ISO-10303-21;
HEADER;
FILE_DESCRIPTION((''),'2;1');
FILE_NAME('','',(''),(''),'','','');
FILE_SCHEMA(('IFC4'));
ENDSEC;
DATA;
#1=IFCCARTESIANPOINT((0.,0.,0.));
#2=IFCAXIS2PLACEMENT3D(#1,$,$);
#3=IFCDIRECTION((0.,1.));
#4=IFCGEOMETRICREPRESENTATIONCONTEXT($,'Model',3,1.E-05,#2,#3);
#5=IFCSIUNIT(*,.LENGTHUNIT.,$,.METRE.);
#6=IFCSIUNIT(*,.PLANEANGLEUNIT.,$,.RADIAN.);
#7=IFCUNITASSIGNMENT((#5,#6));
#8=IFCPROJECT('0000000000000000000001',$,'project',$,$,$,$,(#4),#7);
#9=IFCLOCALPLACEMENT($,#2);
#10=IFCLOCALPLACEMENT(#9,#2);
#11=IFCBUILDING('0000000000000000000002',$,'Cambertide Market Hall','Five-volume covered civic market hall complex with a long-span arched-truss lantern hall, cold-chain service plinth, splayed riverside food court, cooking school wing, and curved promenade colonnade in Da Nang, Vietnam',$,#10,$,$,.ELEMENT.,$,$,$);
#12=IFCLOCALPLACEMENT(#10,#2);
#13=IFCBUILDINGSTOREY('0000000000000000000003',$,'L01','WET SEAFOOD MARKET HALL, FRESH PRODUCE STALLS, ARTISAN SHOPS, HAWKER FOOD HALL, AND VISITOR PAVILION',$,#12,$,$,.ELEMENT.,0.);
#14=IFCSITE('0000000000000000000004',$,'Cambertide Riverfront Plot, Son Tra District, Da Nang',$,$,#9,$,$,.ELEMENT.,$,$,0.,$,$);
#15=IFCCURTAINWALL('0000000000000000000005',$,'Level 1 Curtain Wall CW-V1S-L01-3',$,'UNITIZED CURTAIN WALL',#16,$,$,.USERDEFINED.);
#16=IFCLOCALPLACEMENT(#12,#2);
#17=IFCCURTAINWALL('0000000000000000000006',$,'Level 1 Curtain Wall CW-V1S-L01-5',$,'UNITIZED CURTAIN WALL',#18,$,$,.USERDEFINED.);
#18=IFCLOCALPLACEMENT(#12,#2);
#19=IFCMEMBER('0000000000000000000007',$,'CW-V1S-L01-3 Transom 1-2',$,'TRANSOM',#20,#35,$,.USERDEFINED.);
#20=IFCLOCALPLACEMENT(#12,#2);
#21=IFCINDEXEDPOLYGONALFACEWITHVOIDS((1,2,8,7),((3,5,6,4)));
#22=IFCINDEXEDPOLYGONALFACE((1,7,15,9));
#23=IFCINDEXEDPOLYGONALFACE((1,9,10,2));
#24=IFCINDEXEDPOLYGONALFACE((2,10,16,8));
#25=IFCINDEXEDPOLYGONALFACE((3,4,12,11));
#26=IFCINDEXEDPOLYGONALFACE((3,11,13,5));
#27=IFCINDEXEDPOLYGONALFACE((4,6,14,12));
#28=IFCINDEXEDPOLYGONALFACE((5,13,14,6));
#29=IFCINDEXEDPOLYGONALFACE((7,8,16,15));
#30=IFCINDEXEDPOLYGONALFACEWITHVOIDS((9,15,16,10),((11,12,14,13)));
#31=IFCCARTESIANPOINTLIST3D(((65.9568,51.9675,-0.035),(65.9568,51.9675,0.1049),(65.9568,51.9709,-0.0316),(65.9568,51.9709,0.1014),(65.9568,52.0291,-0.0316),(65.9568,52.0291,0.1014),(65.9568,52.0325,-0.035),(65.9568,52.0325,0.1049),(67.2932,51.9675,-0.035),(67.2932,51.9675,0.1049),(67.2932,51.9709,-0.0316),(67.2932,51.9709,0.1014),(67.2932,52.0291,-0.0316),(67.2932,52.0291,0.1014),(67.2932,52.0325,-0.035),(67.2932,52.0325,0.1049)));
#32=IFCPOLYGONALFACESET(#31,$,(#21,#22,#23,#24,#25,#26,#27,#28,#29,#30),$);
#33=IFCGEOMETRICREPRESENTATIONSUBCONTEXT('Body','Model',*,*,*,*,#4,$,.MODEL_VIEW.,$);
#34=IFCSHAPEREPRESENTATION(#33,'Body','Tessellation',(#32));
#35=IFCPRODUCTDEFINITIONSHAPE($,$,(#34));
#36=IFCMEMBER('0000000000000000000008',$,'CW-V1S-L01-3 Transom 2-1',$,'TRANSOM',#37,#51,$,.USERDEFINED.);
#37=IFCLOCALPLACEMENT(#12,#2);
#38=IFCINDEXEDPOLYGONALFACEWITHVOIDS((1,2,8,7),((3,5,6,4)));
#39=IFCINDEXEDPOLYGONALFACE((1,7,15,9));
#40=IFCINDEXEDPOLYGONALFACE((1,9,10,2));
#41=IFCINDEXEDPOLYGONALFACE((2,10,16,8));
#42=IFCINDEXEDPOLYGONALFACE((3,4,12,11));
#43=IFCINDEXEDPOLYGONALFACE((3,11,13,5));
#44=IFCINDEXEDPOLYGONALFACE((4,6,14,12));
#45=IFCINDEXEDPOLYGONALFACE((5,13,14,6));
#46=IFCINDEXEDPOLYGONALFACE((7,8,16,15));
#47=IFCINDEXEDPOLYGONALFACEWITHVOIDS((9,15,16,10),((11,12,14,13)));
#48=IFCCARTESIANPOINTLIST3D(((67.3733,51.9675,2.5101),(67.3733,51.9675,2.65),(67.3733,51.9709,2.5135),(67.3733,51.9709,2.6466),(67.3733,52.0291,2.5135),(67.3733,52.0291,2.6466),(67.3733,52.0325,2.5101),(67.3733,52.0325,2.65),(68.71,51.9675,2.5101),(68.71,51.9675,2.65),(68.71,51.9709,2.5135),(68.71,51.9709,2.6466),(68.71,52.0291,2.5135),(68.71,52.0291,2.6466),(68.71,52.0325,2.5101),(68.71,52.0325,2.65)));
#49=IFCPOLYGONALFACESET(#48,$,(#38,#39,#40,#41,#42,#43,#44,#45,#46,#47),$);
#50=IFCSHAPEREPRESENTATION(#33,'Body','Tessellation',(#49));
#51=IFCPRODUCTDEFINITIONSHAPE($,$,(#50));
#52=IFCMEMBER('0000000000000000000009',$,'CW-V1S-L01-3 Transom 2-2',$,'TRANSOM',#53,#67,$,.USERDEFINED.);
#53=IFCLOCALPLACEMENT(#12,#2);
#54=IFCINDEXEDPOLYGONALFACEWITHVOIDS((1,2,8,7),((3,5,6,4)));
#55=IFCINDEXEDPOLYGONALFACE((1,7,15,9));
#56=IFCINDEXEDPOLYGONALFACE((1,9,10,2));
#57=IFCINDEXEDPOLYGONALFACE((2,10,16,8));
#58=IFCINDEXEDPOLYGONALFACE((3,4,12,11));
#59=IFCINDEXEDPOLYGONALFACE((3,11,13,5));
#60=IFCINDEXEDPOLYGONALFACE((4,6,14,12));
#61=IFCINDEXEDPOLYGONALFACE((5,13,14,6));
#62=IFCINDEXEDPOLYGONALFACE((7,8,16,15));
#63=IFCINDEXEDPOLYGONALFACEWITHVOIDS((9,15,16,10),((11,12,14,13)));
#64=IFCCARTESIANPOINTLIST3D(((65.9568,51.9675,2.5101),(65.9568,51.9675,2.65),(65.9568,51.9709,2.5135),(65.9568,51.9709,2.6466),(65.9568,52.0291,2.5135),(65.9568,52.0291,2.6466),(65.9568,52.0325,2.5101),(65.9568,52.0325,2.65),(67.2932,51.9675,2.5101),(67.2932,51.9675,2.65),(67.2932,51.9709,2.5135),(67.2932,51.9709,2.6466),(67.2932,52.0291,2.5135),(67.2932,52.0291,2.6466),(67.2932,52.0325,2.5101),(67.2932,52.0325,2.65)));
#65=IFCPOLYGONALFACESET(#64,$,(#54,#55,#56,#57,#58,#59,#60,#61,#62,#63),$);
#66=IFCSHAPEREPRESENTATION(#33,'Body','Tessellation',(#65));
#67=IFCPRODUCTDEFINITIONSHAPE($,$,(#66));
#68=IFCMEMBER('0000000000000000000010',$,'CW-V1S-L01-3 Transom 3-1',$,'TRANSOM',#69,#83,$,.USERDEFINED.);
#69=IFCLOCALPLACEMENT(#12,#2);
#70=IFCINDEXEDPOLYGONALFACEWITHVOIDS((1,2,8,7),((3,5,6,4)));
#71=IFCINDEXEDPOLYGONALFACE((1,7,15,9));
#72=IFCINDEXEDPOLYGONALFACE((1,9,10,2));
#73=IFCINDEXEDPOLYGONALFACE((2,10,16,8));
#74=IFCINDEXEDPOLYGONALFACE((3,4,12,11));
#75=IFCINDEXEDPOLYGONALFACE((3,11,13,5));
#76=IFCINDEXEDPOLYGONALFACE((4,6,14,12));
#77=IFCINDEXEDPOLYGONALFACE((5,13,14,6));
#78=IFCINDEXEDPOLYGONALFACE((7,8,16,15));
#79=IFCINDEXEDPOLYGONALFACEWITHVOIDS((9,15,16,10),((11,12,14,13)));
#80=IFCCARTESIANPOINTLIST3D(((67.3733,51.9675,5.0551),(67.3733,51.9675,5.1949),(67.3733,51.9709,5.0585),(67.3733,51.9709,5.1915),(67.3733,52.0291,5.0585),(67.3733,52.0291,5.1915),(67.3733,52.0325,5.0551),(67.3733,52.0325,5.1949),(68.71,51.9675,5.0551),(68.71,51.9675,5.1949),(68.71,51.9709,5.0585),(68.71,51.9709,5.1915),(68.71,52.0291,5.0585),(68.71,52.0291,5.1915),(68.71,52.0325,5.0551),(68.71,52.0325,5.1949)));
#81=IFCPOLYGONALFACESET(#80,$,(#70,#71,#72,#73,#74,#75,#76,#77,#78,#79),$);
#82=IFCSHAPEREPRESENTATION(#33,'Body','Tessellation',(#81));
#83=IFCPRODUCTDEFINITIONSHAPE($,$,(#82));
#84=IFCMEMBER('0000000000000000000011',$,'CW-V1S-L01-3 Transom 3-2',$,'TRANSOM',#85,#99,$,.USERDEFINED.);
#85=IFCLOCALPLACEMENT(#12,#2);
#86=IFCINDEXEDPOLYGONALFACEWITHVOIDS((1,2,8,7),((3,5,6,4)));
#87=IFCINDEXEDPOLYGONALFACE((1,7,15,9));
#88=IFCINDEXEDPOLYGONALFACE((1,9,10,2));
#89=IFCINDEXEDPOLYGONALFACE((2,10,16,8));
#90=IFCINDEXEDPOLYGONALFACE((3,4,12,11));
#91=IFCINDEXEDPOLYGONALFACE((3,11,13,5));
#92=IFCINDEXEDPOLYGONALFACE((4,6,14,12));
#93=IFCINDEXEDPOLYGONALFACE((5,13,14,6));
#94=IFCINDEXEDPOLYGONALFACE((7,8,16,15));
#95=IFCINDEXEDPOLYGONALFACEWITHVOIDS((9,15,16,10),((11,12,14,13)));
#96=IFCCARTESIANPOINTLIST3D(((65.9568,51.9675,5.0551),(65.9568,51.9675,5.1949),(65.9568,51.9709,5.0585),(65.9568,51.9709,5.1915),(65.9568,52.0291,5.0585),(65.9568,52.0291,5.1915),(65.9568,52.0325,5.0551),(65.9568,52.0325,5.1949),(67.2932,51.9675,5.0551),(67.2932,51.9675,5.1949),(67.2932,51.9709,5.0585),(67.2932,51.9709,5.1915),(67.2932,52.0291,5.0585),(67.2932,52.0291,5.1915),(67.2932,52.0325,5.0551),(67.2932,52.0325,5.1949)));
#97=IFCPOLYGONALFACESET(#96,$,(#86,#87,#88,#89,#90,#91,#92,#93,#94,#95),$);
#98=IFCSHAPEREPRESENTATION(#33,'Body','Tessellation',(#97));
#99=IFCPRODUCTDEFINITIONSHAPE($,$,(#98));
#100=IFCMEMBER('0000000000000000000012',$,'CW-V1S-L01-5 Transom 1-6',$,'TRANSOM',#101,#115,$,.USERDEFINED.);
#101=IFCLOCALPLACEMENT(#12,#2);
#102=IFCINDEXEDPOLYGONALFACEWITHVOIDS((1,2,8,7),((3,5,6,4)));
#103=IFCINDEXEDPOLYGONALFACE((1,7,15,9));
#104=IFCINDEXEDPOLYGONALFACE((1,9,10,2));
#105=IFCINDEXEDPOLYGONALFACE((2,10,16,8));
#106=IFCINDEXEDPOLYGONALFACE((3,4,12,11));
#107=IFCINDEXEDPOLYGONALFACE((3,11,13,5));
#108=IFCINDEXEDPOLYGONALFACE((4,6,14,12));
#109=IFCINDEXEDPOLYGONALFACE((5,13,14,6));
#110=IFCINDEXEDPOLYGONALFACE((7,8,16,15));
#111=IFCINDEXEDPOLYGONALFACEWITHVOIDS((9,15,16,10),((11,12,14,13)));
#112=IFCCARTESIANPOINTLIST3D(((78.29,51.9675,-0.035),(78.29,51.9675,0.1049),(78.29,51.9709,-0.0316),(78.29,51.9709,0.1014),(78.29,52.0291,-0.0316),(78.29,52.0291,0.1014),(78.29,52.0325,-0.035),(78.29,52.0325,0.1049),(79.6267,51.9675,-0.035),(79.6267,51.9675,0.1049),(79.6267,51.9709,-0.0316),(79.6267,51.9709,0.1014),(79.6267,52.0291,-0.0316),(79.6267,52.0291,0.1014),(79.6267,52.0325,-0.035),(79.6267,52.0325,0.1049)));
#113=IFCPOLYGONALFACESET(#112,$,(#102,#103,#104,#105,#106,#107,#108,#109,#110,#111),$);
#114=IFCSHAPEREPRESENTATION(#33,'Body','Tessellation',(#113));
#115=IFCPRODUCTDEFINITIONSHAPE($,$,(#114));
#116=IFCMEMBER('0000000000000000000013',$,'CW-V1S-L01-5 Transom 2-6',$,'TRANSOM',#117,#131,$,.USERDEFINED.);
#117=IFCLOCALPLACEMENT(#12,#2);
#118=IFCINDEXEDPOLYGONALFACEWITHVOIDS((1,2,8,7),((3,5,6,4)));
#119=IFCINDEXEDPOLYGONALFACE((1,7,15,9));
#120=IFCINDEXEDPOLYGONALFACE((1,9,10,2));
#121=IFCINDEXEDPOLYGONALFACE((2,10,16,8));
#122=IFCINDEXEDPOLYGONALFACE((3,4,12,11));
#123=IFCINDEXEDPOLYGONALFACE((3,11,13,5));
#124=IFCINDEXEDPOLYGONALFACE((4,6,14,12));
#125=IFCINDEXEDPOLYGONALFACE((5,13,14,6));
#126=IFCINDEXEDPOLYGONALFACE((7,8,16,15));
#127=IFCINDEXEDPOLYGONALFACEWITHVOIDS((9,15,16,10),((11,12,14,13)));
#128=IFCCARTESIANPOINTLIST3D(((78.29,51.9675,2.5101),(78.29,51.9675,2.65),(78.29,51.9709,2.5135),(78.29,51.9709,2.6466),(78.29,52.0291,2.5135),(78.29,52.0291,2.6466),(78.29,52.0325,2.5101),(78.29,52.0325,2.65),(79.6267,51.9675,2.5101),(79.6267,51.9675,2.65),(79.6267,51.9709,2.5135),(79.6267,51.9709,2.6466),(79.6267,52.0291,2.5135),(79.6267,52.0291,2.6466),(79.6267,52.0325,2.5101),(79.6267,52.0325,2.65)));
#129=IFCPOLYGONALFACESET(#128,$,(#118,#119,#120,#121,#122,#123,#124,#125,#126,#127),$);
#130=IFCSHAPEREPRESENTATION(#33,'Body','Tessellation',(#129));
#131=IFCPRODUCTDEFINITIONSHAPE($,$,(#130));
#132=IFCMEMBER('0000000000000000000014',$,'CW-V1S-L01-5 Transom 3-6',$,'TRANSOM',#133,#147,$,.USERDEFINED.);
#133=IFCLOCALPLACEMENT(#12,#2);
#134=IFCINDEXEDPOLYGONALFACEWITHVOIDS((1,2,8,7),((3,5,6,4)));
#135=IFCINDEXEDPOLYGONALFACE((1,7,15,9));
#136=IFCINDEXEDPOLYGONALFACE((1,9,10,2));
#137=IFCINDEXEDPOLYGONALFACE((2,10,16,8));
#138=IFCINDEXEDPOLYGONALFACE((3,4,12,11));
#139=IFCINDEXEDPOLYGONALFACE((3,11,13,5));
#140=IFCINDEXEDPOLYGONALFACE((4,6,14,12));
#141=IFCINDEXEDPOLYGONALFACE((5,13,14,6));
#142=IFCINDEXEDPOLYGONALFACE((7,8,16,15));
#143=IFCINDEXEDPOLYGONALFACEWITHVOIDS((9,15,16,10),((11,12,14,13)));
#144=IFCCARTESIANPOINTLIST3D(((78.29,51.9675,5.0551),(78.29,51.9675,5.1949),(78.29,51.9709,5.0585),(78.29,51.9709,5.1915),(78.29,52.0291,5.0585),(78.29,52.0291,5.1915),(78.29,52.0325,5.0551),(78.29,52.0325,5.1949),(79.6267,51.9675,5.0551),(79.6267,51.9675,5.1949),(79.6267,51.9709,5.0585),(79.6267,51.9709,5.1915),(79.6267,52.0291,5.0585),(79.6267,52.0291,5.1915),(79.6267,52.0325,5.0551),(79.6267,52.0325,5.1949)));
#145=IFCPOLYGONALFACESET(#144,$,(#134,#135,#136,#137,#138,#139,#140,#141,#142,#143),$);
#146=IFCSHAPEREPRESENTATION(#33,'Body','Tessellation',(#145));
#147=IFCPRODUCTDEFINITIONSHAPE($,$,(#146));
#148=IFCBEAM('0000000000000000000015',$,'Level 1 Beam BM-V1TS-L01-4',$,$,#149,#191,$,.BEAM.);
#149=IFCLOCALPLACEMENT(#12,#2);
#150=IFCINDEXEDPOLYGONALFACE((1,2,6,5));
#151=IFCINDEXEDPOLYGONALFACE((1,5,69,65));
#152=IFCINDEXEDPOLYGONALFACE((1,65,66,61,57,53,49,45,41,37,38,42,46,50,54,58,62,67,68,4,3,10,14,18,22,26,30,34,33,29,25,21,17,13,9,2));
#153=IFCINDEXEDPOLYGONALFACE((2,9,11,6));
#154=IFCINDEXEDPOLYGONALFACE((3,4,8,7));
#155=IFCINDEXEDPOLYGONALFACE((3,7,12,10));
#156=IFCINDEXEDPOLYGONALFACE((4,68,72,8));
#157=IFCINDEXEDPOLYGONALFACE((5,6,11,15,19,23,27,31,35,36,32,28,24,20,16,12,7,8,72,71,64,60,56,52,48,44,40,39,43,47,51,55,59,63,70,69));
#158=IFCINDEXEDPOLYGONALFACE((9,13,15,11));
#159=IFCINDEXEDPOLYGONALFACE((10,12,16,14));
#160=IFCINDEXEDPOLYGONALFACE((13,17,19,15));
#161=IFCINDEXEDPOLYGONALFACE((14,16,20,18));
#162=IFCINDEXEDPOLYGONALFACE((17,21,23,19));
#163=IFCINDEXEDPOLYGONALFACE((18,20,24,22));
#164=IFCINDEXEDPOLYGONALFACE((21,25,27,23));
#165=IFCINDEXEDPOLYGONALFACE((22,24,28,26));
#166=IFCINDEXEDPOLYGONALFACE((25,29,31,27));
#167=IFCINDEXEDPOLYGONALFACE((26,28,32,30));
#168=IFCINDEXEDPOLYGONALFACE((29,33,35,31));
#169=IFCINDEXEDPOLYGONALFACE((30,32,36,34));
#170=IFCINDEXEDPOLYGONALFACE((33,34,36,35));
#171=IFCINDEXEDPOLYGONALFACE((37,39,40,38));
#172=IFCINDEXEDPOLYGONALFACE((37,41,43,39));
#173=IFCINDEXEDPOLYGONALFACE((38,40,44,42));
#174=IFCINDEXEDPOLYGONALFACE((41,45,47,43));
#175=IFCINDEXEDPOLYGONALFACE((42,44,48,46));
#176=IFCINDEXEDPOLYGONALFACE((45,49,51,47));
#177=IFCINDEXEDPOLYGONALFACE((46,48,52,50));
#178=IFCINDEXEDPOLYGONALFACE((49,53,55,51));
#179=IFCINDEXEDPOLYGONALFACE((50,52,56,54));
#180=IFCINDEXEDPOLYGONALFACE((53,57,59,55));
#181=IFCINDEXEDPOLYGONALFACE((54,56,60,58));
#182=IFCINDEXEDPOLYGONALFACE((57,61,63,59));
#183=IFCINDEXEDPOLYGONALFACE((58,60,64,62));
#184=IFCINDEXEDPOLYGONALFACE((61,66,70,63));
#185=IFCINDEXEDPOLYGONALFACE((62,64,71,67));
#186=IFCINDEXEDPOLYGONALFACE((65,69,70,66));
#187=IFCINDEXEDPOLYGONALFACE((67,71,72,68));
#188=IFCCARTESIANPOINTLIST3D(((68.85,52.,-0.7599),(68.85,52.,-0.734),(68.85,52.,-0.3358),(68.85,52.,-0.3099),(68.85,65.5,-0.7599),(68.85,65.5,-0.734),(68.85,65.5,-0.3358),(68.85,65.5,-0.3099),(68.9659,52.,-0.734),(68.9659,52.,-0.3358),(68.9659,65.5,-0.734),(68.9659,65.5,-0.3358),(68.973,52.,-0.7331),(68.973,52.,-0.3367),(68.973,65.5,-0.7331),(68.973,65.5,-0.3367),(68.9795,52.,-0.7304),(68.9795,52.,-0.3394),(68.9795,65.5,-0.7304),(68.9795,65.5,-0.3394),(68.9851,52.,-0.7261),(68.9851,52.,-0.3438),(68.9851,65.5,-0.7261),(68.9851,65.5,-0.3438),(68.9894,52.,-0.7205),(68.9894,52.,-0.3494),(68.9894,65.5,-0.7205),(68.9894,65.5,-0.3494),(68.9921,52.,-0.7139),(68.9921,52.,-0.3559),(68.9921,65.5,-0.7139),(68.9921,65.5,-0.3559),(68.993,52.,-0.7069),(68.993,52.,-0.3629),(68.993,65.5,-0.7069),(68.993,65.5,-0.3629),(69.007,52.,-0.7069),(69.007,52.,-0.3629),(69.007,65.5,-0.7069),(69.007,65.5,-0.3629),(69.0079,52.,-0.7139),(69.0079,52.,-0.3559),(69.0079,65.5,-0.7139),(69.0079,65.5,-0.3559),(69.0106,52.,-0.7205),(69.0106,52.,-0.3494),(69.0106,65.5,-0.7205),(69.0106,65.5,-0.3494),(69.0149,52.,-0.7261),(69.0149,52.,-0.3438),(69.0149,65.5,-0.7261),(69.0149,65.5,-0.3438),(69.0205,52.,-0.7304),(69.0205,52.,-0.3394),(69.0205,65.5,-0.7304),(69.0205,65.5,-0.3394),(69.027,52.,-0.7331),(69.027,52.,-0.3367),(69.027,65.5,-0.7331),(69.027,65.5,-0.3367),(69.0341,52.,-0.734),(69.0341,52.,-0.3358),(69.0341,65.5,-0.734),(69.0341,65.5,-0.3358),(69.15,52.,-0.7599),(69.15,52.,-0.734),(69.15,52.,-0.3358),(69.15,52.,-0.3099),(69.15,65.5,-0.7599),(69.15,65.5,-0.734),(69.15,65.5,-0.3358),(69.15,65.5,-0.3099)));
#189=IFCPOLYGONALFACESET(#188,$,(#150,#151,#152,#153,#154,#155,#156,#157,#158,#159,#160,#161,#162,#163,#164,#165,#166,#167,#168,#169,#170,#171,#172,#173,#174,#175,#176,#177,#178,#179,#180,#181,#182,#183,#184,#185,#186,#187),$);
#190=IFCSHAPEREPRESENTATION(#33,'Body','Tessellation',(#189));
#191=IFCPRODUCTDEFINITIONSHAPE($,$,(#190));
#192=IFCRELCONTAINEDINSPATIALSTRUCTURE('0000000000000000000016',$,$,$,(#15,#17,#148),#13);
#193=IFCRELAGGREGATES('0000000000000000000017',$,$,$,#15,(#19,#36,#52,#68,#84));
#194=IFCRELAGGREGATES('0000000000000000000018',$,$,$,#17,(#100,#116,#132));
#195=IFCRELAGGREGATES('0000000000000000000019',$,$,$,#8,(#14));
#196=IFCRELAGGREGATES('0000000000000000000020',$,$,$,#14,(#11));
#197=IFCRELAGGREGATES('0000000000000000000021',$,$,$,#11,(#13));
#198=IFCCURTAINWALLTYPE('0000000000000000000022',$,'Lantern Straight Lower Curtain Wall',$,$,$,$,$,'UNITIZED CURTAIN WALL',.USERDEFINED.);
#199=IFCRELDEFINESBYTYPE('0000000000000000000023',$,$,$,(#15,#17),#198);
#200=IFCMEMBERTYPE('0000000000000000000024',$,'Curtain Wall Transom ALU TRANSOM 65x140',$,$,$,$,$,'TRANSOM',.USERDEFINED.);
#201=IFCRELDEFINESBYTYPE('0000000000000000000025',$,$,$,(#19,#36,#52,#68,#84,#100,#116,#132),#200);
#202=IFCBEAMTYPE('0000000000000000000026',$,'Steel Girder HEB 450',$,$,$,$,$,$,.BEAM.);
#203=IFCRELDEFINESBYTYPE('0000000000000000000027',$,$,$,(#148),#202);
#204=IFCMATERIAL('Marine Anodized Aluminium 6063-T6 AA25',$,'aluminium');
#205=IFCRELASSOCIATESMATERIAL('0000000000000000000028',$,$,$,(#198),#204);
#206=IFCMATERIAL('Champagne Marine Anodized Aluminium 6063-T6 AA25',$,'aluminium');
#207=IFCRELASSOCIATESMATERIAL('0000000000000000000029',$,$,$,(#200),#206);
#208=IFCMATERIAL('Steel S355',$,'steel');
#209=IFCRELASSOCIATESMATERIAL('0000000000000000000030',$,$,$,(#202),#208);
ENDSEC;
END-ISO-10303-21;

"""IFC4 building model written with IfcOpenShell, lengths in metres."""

from ifc_helpers import new_model, si_unit, direction, frame, origin, origin_2d, place, context, subcontext, project, spatial, hollow_rectangle, i_section, extrude, material, material_profile, profile_set, type_object, element, aggregate, save


model = new_model("IFC4")

# Units and contexts
model_context = context("Model", 3, precision=1e-05, world=origin(), true_north=direction((0.0, 1.0)))
body_context = subcontext(model_context, "Body", "Model", "MODEL_VIEW")
ifc_project = project(units=[si_unit("LENGTHUNIT", "METRE"), si_unit("PLANEANGLEUNIT", "RADIAN")], contexts=[model_context])

# Site, building, storey
site_placement = place(None, origin())
site = spatial("IfcSite", under=ifc_project, at=site_placement, Name="Cambertide Riverfront Plot, Son Tra District, Da Nang", CompositionType="ELEMENT", RefElevation=0.0)
building_placement = place(site_placement, origin())
building = spatial("IfcBuilding", under=site, at=building_placement, Name="Cambertide Market Hall", Description="Five-volume covered civic market hall complex with a long-span arched-truss lantern hall, cold-chain service plinth, splayed riverside food court, cooking school wing, and curved promenade colonnade in Da Nang, Vietnam", CompositionType="ELEMENT")
storey_placement = place(building_placement, origin())
storey = spatial("IfcBuildingStorey", under=building, at=storey_placement, Name="L01", Description="WET SEAFOOD MARKET HALL, FRESH PRODUCE STALLS, ARTISAN SHOPS, HAWKER FOOD HALL, AND VISITOR PAVILION", CompositionType="ELEMENT", Elevation=0.0)

# Curtain walls
ifc_material_1 = material(Name="Marine Anodized Aluminium 6063-T6 AA25", Category="aluminium")
curtain_wall_type = type_object("IfcCurtainWallType", Name="Lantern Straight Lower Curtain Wall", ElementType="UNITIZED CURTAIN WALL", PredefinedType="USERDEFINED", material=ifc_material_1)
curtain_wall_1_placement = place(storey_placement, origin())
curtain_wall_1 = element("IfcCurtainWall", 1, at=curtain_wall_1_placement, inside=storey, type_object=curtain_wall_type, Name="Level 1 Curtain Wall CW-V1S-L01-3", ObjectType="UNITIZED CURTAIN WALL", PredefinedType="USERDEFINED")
curtain_wall_2_placement = place(storey_placement, origin())
curtain_wall_2 = element("IfcCurtainWall", 2, at=curtain_wall_2_placement, inside=storey, type_object=curtain_wall_type, Name="Level 1 Curtain Wall CW-V1S-L01-5", ObjectType="UNITIZED CURTAIN WALL", PredefinedType="USERDEFINED")

# Members
ifc_material_2 = material(Name="Champagne Marine Anodized Aluminium 6063-T6 AA25", Category="aluminium")
ifc_material_profile_1 = material_profile(ifc_material_2, hollow_rectangle(XDim=0.0649, YDim=0.1399, WallThickness=0.0034, at=origin_2d()), Name="ALU TRANSOM 65x140")
ifc_profile_set_1 = profile_set([ifc_material_profile_1], Name="Champagne Marine Anodized Aluminium 6063-T6 AA25")
member_type_1 = type_object("IfcMemberType", Name="Curtain Wall Transom ALU TRANSOM 65x140", ElementType="TRANSOM", PredefinedType="USERDEFINED", material=ifc_profile_set_1)
member_1_placement = place(storey_placement, frame((67.2932, 52.0, 0.0349), z_axis=(-1.0, 0.0, 0.0), x_axis=(0.0, -1.0, 0.0)))
member_1 = element("IfcMember", 3, at=member_1_placement, type_object=member_type_1, Name="CW-V1S-L01-3 Transom 1-2", ObjectType="TRANSOM", PredefinedType="USERDEFINED", context=body_context, shape_type="SweptSolid", body=[
    extrude(hollow_rectangle(XDim=0.0649, YDim=0.1399, WallThickness=0.0034, at=origin_2d()), origin(), (0.0, 0.0, 1.0), 1.3364),
])
member_2_placement = place(storey_placement, frame((68.71, 52.0, 2.5801), z_axis=(-1.0, 0.0, 0.0), x_axis=(0.0, -1.0, 0.0)))
member_2 = element("IfcMember", 4, at=member_2_placement, type_object=member_type_1, Name="CW-V1S-L01-3 Transom 2-1", ObjectType="TRANSOM", PredefinedType="USERDEFINED", context=body_context, shape_type="SweptSolid", body=[
    extrude(hollow_rectangle(XDim=0.0649, YDim=0.1399, WallThickness=0.0034, at=origin_2d()), origin(), (0.0, 0.0, 1.0), 1.3367),
])
member_3_placement = place(storey_placement, frame((67.2932, 52.0, 2.5801), z_axis=(-1.0, 0.0, 0.0), x_axis=(0.0, -1.0, 0.0)))
member_3 = element("IfcMember", 5, at=member_3_placement, type_object=member_type_1, Name="CW-V1S-L01-3 Transom 2-2", ObjectType="TRANSOM", PredefinedType="USERDEFINED", context=body_context, shape_type="SweptSolid", body=[
    extrude(hollow_rectangle(XDim=0.0649, YDim=0.1399, WallThickness=0.0034, at=origin_2d()), origin(), (0.0, 0.0, 1.0), 1.3364),
])
member_4_placement = place(storey_placement, frame((68.71, 52.0, 5.125), z_axis=(-1.0, 0.0, 0.0), x_axis=(0.0, -1.0, 0.0)))
member_4 = element("IfcMember", 6, at=member_4_placement, type_object=member_type_1, Name="CW-V1S-L01-3 Transom 3-1", ObjectType="TRANSOM", PredefinedType="USERDEFINED", context=body_context, shape_type="SweptSolid", body=[
    extrude(hollow_rectangle(XDim=0.0649, YDim=0.1399, WallThickness=0.0034, at=origin_2d()), origin(), (0.0, 0.0, 1.0), 1.3367),
])
member_5_placement = place(storey_placement, frame((67.2932, 52.0, 5.125), z_axis=(-1.0, 0.0, 0.0), x_axis=(0.0, -1.0, 0.0)))
member_5 = element("IfcMember", 7, at=member_5_placement, type_object=member_type_1, Name="CW-V1S-L01-3 Transom 3-2", ObjectType="TRANSOM", PredefinedType="USERDEFINED", context=body_context, shape_type="SweptSolid", body=[
    extrude(hollow_rectangle(XDim=0.0649, YDim=0.1399, WallThickness=0.0034, at=origin_2d()), origin(), (0.0, 0.0, 1.0), 1.3364),
])
member_6_placement = place(storey_placement, frame((79.6267, 52.0, 0.0349), z_axis=(-1.0, 0.0, 0.0), x_axis=(0.0, -1.0, 0.0)))
member_6 = element("IfcMember", 8, at=member_6_placement, type_object=member_type_1, Name="CW-V1S-L01-5 Transom 1-6", ObjectType="TRANSOM", PredefinedType="USERDEFINED", context=body_context, shape_type="SweptSolid", body=[
    extrude(hollow_rectangle(XDim=0.0649, YDim=0.1399, WallThickness=0.0034, at=origin_2d()), origin(), (0.0, 0.0, 1.0), 1.3367),
])
member_7_placement = place(storey_placement, frame((79.6267, 52.0, 2.5801), z_axis=(-1.0, 0.0, 0.0), x_axis=(0.0, -1.0, 0.0)))
member_7 = element("IfcMember", 9, at=member_7_placement, type_object=member_type_1, Name="CW-V1S-L01-5 Transom 2-6", ObjectType="TRANSOM", PredefinedType="USERDEFINED", context=body_context, shape_type="SweptSolid", body=[
    extrude(hollow_rectangle(XDim=0.0649, YDim=0.1399, WallThickness=0.0034, at=origin_2d()), origin(), (0.0, 0.0, 1.0), 1.3367),
])
member_8_placement = place(storey_placement, frame((79.6267, 52.0, 5.125), z_axis=(-1.0, 0.0, 0.0), x_axis=(0.0, -1.0, 0.0)))
member_8 = element("IfcMember", 10, at=member_8_placement, type_object=member_type_1, Name="CW-V1S-L01-5 Transom 3-6", ObjectType="TRANSOM", PredefinedType="USERDEFINED", context=body_context, shape_type="SweptSolid", body=[
    extrude(hollow_rectangle(XDim=0.0649, YDim=0.1399, WallThickness=0.0034, at=origin_2d()), origin(), (0.0, 0.0, 1.0), 1.3367),
])

# Beam
ifc_material_3 = material(Name="Steel S355", Category="steel")
ifc_material_profile_2 = material_profile(ifc_material_3, i_section(OverallWidth=0.3, OverallDepth=0.45, WebThickness=0.0139, FlangeThickness=0.0259, FilletRadius=0.0271, at=origin_2d()), Name="HEB 450")
ifc_profile_set_2 = profile_set([ifc_material_profile_2], Name="Steel S355")
beam_type_1 = type_object("IfcBeamType", Name="Steel Girder HEB 450", PredefinedType="BEAM", material=ifc_profile_set_2)
for number, where, z_axis, x_axis, name in (
    (11, (69.0, 52.0, -0.5349), (0.0, 1.0, 0.0), (-1.0, 0.0, 0.0), "Level 1 Beam BM-V1TS-L01-4"),
):
    element("IfcBeam", number, at=place(storey_placement, frame(where, z_axis=z_axis, x_axis=x_axis)), inside=storey, type_object=beam_type_1, Name=name, PredefinedType="BEAM", context=body_context, shape_type="SweptSolid", body=[
        extrude(i_section(OverallWidth=0.3, OverallDepth=0.45, WebThickness=0.0139, FlangeThickness=0.0259, FilletRadius=0.0271, at=origin_2d()), origin(), (0.0, 0.0, 1.0), 13.5),
    ])

aggregate(curtain_wall_1, [member_1, member_2, member_3, member_4, member_5])
aggregate(curtain_wall_2, [member_6, member_7, member_8])

save(model, "model.ifc")
